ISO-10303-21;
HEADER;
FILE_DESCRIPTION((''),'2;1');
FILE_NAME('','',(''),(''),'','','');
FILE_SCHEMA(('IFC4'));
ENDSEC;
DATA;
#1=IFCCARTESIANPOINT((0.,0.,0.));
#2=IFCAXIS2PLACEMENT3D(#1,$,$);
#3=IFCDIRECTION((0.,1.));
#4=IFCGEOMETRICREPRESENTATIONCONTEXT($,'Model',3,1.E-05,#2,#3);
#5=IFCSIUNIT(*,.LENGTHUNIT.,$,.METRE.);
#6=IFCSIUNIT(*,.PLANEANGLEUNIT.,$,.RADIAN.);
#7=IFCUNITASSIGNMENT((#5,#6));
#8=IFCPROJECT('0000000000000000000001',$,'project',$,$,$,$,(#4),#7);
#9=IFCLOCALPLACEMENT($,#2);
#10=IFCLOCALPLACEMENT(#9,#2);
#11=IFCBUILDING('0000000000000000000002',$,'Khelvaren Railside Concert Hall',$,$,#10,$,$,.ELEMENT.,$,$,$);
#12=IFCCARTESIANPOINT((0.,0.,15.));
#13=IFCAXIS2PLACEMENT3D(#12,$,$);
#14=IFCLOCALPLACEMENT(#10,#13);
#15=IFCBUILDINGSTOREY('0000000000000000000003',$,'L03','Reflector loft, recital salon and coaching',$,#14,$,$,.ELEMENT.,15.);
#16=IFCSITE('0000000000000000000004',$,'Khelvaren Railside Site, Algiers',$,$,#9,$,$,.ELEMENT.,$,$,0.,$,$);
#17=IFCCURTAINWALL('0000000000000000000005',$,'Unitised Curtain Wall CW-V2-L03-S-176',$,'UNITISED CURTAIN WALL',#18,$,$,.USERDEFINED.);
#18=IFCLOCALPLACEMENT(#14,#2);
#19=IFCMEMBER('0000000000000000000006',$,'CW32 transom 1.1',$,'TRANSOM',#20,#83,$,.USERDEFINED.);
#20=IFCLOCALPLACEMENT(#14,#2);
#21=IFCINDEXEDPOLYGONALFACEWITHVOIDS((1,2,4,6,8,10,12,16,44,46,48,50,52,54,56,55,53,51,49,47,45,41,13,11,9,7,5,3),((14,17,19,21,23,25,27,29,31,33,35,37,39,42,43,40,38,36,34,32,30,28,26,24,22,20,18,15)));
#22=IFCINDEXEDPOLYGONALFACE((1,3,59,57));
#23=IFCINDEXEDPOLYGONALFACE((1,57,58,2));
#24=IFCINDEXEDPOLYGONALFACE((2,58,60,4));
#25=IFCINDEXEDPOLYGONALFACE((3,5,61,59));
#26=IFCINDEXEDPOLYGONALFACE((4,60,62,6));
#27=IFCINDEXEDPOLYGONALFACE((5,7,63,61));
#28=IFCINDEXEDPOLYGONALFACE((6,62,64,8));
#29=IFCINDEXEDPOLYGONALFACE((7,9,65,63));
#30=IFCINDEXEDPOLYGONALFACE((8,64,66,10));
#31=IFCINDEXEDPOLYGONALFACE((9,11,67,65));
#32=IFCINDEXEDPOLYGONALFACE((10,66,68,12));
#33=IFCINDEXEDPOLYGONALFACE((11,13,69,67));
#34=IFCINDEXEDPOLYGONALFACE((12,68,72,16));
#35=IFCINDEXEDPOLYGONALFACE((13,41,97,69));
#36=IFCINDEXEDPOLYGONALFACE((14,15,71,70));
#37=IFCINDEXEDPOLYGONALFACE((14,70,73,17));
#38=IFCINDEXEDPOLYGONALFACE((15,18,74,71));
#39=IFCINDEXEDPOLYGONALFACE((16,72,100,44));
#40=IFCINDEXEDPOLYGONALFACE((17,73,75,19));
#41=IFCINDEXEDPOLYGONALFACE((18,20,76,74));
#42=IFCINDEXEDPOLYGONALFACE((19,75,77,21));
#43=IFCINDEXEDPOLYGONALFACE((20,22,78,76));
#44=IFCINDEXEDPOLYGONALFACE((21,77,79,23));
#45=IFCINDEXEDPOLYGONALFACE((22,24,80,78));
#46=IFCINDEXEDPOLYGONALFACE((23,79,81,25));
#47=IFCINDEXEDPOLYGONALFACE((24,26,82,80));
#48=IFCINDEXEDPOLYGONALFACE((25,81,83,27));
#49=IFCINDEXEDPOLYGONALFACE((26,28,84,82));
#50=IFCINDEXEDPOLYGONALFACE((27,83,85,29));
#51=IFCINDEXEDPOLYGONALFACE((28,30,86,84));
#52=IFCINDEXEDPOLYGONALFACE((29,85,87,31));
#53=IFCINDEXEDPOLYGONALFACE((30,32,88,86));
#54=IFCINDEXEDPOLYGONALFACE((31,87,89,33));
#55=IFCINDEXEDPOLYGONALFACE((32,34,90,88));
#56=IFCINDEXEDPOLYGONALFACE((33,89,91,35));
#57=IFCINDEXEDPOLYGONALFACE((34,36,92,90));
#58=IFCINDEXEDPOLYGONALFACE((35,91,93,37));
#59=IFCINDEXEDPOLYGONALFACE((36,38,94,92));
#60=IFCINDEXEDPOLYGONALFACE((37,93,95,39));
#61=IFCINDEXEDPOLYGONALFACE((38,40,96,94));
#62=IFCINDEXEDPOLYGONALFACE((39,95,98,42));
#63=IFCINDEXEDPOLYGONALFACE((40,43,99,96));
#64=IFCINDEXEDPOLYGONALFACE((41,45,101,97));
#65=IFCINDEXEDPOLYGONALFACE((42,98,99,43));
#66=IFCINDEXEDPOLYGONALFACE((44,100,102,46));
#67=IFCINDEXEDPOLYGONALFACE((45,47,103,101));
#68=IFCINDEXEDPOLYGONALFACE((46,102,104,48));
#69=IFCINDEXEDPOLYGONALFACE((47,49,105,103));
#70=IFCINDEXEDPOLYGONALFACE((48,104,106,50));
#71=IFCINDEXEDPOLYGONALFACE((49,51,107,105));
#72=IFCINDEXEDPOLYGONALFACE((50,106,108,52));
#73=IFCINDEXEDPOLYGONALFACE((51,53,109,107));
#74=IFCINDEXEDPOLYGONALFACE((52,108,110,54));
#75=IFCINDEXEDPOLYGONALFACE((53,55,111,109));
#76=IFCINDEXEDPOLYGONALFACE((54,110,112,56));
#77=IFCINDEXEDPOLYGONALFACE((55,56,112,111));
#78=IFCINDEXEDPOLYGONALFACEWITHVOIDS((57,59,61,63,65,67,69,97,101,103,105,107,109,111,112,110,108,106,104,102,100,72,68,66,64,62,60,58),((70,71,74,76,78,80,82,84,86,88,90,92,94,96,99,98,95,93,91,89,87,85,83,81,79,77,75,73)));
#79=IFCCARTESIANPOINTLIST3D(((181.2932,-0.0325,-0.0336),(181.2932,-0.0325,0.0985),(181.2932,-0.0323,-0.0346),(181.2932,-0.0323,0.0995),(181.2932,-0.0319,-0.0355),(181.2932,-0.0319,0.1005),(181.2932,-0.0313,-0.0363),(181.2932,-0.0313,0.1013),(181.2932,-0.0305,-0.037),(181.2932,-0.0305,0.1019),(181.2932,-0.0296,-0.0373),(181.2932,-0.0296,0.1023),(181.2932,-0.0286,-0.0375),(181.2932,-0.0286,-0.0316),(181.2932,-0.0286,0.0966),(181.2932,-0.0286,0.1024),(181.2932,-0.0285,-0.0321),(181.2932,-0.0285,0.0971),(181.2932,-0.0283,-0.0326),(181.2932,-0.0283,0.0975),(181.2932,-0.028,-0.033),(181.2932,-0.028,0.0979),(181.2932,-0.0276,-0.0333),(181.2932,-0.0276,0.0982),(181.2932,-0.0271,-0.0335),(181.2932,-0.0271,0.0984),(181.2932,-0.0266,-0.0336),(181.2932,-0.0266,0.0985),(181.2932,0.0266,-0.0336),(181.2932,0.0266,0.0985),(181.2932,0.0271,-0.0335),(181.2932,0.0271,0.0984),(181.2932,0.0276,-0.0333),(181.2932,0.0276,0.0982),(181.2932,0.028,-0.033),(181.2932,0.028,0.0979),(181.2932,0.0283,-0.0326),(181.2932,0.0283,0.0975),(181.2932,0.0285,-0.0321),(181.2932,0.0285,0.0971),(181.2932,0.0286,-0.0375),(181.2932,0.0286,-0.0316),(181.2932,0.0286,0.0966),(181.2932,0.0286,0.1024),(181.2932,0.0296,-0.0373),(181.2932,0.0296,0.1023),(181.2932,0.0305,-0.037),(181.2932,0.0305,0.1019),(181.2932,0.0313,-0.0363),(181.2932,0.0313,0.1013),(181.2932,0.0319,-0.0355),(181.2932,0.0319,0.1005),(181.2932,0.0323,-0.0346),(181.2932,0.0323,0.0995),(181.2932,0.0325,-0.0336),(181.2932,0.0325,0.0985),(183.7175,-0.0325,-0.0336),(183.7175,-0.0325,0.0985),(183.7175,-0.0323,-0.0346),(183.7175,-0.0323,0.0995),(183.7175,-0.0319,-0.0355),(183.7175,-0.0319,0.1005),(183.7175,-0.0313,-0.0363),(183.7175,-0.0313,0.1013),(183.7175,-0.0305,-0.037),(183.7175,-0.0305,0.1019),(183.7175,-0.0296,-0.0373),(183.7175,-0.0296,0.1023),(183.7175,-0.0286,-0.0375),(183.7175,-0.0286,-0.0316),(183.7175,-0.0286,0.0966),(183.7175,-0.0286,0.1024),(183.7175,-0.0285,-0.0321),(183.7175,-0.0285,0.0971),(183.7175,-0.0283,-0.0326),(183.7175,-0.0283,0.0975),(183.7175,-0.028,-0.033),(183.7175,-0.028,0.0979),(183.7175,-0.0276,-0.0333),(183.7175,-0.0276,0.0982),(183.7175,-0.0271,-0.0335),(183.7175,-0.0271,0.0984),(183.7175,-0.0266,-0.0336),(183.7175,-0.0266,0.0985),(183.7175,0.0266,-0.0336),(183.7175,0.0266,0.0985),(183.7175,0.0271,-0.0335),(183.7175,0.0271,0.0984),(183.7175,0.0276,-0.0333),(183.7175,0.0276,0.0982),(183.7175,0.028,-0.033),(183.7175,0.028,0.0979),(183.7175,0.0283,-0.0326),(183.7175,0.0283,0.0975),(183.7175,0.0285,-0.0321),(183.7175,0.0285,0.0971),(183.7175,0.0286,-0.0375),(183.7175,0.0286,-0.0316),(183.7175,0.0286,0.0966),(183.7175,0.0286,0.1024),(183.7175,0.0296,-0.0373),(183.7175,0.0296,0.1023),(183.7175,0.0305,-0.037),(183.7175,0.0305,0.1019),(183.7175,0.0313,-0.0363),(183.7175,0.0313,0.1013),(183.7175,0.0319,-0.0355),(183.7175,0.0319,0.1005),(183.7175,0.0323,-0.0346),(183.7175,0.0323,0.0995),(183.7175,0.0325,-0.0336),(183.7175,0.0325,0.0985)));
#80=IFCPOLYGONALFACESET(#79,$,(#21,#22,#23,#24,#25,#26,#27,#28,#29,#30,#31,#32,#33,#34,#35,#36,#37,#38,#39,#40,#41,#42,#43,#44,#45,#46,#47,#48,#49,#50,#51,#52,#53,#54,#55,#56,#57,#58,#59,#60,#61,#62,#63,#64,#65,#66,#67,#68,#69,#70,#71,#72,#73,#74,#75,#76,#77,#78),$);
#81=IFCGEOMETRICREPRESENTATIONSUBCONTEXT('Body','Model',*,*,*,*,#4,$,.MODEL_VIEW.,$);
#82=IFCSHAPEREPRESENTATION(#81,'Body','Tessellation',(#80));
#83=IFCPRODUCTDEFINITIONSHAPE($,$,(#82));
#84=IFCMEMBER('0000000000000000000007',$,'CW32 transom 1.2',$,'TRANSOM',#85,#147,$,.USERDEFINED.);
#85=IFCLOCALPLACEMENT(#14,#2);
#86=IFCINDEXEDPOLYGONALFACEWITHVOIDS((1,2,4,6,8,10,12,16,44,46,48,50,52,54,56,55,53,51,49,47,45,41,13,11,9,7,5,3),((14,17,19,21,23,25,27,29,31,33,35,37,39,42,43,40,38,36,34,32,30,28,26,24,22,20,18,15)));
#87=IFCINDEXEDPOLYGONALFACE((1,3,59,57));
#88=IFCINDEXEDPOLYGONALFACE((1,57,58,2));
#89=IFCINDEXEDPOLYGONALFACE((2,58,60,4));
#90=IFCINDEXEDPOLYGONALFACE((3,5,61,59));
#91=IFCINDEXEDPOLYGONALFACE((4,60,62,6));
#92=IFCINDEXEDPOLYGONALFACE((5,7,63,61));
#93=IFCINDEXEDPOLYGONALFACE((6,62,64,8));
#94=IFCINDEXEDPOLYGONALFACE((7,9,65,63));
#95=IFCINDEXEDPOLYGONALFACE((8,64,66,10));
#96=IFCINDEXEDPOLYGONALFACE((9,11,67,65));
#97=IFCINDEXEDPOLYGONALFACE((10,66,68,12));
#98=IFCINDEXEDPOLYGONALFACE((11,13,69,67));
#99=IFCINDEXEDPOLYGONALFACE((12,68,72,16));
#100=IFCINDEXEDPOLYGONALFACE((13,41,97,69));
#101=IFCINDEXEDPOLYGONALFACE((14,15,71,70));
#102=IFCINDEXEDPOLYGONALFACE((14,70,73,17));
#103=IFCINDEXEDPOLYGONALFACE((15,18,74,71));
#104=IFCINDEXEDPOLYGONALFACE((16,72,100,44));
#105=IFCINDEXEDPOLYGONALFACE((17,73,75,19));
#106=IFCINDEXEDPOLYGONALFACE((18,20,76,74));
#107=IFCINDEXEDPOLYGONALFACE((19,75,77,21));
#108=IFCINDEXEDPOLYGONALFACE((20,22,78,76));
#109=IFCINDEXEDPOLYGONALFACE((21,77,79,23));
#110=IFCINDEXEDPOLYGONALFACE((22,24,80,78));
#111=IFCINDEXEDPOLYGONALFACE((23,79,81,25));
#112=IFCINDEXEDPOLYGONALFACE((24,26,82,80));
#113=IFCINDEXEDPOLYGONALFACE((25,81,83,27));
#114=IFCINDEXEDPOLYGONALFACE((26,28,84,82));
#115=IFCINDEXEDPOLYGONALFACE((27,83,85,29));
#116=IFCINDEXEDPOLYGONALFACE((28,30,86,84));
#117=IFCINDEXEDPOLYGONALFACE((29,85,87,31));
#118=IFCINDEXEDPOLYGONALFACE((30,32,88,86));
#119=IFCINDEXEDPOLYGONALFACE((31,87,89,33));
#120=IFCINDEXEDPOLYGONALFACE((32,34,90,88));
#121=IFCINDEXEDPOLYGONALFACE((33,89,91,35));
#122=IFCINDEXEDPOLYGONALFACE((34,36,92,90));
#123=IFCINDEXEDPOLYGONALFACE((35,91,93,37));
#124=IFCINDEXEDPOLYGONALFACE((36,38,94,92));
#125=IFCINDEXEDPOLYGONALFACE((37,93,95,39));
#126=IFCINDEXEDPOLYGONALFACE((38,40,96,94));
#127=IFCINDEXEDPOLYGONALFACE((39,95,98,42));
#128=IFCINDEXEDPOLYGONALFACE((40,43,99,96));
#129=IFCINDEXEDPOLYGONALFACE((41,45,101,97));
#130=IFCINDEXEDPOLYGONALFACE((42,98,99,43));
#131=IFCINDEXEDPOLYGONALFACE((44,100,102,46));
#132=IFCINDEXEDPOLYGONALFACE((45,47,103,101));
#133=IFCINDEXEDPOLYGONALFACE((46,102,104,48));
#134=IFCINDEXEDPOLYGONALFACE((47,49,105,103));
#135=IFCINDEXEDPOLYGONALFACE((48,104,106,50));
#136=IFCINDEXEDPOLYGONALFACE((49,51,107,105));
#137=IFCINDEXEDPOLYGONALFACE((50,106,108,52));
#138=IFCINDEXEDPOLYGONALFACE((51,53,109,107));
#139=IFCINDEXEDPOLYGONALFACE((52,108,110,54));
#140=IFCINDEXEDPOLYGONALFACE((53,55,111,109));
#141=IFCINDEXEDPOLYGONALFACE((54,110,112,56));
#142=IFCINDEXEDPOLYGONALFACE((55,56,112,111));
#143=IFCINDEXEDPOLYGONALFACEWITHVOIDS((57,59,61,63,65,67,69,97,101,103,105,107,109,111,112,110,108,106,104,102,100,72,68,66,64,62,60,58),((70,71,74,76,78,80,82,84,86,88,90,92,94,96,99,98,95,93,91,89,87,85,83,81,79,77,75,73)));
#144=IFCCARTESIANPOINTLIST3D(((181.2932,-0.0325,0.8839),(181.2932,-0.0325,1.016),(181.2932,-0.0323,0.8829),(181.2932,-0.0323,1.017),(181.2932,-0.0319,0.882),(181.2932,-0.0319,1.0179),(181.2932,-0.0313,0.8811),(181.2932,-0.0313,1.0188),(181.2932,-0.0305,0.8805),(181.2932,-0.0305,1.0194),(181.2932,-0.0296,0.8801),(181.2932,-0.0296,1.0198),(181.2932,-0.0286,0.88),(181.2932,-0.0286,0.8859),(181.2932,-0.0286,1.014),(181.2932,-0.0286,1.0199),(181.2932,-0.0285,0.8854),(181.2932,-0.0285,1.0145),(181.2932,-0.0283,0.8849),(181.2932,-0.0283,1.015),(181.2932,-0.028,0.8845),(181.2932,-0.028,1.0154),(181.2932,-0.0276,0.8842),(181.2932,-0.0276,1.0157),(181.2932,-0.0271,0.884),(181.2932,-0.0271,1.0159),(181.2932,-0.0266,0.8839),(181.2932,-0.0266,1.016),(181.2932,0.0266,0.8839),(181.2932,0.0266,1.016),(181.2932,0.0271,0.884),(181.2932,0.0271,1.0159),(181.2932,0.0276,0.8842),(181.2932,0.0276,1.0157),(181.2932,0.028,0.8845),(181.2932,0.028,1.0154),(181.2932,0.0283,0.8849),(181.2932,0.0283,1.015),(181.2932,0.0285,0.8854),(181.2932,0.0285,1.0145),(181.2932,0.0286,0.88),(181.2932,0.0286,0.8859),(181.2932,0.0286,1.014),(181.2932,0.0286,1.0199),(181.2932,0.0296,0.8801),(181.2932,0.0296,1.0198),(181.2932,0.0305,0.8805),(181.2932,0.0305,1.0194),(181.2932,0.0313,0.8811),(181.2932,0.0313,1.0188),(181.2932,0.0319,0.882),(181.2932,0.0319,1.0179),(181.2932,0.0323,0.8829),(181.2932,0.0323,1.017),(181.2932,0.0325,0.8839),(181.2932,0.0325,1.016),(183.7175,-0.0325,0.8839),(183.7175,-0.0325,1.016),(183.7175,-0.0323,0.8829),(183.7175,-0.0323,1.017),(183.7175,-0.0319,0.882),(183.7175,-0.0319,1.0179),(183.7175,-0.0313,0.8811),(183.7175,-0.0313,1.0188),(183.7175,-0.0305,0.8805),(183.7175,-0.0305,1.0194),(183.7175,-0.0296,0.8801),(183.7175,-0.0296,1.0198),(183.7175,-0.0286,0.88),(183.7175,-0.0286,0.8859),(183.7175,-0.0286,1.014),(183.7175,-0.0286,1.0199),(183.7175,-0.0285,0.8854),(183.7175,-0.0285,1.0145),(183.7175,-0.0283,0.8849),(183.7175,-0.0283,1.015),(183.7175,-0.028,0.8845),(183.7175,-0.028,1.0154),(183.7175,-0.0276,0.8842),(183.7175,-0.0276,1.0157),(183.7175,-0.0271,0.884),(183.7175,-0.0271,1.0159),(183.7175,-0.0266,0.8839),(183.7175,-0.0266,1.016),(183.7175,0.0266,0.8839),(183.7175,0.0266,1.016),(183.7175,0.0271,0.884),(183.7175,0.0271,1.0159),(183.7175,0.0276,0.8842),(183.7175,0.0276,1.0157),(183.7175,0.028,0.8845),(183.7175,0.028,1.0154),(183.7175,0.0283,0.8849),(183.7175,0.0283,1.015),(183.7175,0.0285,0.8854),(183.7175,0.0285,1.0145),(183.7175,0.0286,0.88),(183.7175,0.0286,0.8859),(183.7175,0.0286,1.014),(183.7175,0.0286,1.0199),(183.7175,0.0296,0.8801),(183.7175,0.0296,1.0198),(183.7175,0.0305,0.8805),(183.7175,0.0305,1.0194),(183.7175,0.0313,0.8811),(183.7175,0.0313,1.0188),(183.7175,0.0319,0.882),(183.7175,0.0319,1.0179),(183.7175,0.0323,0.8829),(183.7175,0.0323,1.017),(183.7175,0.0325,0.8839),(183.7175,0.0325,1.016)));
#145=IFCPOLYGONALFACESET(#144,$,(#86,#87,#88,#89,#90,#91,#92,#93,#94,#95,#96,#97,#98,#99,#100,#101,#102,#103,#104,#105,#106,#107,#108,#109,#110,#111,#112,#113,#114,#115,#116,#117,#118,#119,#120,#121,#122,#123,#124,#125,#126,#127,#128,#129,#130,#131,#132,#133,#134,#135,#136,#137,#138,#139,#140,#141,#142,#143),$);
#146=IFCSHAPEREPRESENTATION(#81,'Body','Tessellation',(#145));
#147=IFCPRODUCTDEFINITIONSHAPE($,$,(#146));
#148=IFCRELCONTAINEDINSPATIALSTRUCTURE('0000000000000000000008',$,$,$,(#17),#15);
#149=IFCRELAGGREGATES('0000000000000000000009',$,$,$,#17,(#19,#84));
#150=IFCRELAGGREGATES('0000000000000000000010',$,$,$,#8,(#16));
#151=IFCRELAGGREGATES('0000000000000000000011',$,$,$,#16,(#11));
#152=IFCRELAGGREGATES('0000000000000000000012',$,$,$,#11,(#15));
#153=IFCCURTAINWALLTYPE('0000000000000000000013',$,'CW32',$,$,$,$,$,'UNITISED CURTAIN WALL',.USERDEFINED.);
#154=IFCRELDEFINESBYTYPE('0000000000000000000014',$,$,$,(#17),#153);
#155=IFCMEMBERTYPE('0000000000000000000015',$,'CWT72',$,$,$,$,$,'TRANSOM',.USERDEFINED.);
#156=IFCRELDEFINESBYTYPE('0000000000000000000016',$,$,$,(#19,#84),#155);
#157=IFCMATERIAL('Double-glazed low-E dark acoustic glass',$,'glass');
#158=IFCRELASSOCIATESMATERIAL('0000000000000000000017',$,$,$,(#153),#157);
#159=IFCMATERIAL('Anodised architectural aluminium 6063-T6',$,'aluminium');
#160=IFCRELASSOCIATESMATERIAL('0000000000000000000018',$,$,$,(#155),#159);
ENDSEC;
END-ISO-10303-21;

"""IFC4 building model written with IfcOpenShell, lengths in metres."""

from ifc_helpers import new_model, si_unit, direction, frame, origin, origin_2d, place, context, subcontext, project, spatial, hollow_rectangle, extrude, material, material_profile, profile_set, type_object, element, aggregate, save


model = new_model("IFC4")

# Units and contexts
model_context = context("Model", 3, precision=1e-05, world=origin(), true_north=direction((0.0, 1.0)))
body_context = subcontext(model_context, "Body", "Model", "MODEL_VIEW")
ifc_project = project(units=[si_unit("LENGTHUNIT", "METRE"), si_unit("PLANEANGLEUNIT", "RADIAN")], contexts=[model_context])

# Site, building, storey
site_placement = place(None, origin())
site = spatial("IfcSite", under=ifc_project, at=site_placement, Name="Khelvaren Railside Site, Algiers", CompositionType="ELEMENT", RefElevation=0.0)
building_placement = place(site_placement, origin())
building = spatial("IfcBuilding", under=site, at=building_placement, Name="Khelvaren Railside Concert Hall", CompositionType="ELEMENT")
storey_placement = place(building_placement, frame((0.0, 0.0, 15.0)))
storey = spatial("IfcBuildingStorey", under=building, at=storey_placement, Name="L03", Description="Reflector loft, recital salon and coaching", CompositionType="ELEMENT", Elevation=15.0)

# Curtain wall
ifc_material_1 = material(Name="Double-glazed low-E dark acoustic glass", Category="glass")
curtain_wall_type_1 = type_object("IfcCurtainWallType", Name="CW32", ElementType="UNITISED CURTAIN WALL", PredefinedType="USERDEFINED", material=ifc_material_1)
curtain_wall_1_placement = place(storey_placement, origin())
curtain_wall_1 = element("IfcCurtainWall", 1, at=curtain_wall_1_placement, inside=storey, type_object=curtain_wall_type_1, Name="Unitised Curtain Wall CW-V2-L03-S-176", ObjectType="UNITISED CURTAIN WALL", PredefinedType="USERDEFINED")
ifc_material_2 = material(Name="Anodised architectural aluminium 6063-T6", Category="aluminium")

# Members
ifc_material_profile_1 = material_profile(ifc_material_2, hollow_rectangle(XDim=0.0649, YDim=0.1399, WallThickness=0.0039, InnerFilletRadius=0.002, OuterFilletRadius=0.0039, at=origin_2d()), Name="CWT 65x140x4")
ifc_profile_set_1 = profile_set([ifc_material_profile_1], Name="Anodised architectural aluminium 6063-T6")
member_type_1 = type_object("IfcMemberType", Name="CWT72", ElementType="TRANSOM", PredefinedType="USERDEFINED", material=ifc_profile_set_1)
member_1_placement = place(storey_placement, frame((183.7175, 0.0, 0.0325), z_axis=(-1.0, 0.0, 0.0), x_axis=(0.0, -1.0, 0.0)))
member_1 = element("IfcMember", 2, at=member_1_placement, type_object=member_type_1, Name="CW32 transom 1.1", ObjectType="TRANSOM", PredefinedType="USERDEFINED", context=body_context, shape_type="SweptSolid", body=[
    extrude(hollow_rectangle(XDim=0.0649, YDim=0.1399, WallThickness=0.0039, InnerFilletRadius=0.002, OuterFilletRadius=0.0039, at=origin_2d()), origin(), (0.0, 0.0, 1.0), 2.4243),
])
member_2_placement = place(storey_placement, frame((183.7175, 0.0, 0.95), z_axis=(-1.0, 0.0, 0.0), x_axis=(0.0, -1.0, 0.0)))
member_2 = element("IfcMember", 3, at=member_2_placement, type_object=member_type_1, Name="CW32 transom 1.2", ObjectType="TRANSOM", PredefinedType="USERDEFINED", context=body_context, shape_type="SweptSolid", body=[
    extrude(hollow_rectangle(XDim=0.0649, YDim=0.1399, WallThickness=0.0039, InnerFilletRadius=0.002, OuterFilletRadius=0.0039, at=origin_2d()), origin(), (0.0, 0.0, 1.0), 2.4243),
])

aggregate(curtain_wall_1, [member_1, member_2])

save(model, "model.ifc")
